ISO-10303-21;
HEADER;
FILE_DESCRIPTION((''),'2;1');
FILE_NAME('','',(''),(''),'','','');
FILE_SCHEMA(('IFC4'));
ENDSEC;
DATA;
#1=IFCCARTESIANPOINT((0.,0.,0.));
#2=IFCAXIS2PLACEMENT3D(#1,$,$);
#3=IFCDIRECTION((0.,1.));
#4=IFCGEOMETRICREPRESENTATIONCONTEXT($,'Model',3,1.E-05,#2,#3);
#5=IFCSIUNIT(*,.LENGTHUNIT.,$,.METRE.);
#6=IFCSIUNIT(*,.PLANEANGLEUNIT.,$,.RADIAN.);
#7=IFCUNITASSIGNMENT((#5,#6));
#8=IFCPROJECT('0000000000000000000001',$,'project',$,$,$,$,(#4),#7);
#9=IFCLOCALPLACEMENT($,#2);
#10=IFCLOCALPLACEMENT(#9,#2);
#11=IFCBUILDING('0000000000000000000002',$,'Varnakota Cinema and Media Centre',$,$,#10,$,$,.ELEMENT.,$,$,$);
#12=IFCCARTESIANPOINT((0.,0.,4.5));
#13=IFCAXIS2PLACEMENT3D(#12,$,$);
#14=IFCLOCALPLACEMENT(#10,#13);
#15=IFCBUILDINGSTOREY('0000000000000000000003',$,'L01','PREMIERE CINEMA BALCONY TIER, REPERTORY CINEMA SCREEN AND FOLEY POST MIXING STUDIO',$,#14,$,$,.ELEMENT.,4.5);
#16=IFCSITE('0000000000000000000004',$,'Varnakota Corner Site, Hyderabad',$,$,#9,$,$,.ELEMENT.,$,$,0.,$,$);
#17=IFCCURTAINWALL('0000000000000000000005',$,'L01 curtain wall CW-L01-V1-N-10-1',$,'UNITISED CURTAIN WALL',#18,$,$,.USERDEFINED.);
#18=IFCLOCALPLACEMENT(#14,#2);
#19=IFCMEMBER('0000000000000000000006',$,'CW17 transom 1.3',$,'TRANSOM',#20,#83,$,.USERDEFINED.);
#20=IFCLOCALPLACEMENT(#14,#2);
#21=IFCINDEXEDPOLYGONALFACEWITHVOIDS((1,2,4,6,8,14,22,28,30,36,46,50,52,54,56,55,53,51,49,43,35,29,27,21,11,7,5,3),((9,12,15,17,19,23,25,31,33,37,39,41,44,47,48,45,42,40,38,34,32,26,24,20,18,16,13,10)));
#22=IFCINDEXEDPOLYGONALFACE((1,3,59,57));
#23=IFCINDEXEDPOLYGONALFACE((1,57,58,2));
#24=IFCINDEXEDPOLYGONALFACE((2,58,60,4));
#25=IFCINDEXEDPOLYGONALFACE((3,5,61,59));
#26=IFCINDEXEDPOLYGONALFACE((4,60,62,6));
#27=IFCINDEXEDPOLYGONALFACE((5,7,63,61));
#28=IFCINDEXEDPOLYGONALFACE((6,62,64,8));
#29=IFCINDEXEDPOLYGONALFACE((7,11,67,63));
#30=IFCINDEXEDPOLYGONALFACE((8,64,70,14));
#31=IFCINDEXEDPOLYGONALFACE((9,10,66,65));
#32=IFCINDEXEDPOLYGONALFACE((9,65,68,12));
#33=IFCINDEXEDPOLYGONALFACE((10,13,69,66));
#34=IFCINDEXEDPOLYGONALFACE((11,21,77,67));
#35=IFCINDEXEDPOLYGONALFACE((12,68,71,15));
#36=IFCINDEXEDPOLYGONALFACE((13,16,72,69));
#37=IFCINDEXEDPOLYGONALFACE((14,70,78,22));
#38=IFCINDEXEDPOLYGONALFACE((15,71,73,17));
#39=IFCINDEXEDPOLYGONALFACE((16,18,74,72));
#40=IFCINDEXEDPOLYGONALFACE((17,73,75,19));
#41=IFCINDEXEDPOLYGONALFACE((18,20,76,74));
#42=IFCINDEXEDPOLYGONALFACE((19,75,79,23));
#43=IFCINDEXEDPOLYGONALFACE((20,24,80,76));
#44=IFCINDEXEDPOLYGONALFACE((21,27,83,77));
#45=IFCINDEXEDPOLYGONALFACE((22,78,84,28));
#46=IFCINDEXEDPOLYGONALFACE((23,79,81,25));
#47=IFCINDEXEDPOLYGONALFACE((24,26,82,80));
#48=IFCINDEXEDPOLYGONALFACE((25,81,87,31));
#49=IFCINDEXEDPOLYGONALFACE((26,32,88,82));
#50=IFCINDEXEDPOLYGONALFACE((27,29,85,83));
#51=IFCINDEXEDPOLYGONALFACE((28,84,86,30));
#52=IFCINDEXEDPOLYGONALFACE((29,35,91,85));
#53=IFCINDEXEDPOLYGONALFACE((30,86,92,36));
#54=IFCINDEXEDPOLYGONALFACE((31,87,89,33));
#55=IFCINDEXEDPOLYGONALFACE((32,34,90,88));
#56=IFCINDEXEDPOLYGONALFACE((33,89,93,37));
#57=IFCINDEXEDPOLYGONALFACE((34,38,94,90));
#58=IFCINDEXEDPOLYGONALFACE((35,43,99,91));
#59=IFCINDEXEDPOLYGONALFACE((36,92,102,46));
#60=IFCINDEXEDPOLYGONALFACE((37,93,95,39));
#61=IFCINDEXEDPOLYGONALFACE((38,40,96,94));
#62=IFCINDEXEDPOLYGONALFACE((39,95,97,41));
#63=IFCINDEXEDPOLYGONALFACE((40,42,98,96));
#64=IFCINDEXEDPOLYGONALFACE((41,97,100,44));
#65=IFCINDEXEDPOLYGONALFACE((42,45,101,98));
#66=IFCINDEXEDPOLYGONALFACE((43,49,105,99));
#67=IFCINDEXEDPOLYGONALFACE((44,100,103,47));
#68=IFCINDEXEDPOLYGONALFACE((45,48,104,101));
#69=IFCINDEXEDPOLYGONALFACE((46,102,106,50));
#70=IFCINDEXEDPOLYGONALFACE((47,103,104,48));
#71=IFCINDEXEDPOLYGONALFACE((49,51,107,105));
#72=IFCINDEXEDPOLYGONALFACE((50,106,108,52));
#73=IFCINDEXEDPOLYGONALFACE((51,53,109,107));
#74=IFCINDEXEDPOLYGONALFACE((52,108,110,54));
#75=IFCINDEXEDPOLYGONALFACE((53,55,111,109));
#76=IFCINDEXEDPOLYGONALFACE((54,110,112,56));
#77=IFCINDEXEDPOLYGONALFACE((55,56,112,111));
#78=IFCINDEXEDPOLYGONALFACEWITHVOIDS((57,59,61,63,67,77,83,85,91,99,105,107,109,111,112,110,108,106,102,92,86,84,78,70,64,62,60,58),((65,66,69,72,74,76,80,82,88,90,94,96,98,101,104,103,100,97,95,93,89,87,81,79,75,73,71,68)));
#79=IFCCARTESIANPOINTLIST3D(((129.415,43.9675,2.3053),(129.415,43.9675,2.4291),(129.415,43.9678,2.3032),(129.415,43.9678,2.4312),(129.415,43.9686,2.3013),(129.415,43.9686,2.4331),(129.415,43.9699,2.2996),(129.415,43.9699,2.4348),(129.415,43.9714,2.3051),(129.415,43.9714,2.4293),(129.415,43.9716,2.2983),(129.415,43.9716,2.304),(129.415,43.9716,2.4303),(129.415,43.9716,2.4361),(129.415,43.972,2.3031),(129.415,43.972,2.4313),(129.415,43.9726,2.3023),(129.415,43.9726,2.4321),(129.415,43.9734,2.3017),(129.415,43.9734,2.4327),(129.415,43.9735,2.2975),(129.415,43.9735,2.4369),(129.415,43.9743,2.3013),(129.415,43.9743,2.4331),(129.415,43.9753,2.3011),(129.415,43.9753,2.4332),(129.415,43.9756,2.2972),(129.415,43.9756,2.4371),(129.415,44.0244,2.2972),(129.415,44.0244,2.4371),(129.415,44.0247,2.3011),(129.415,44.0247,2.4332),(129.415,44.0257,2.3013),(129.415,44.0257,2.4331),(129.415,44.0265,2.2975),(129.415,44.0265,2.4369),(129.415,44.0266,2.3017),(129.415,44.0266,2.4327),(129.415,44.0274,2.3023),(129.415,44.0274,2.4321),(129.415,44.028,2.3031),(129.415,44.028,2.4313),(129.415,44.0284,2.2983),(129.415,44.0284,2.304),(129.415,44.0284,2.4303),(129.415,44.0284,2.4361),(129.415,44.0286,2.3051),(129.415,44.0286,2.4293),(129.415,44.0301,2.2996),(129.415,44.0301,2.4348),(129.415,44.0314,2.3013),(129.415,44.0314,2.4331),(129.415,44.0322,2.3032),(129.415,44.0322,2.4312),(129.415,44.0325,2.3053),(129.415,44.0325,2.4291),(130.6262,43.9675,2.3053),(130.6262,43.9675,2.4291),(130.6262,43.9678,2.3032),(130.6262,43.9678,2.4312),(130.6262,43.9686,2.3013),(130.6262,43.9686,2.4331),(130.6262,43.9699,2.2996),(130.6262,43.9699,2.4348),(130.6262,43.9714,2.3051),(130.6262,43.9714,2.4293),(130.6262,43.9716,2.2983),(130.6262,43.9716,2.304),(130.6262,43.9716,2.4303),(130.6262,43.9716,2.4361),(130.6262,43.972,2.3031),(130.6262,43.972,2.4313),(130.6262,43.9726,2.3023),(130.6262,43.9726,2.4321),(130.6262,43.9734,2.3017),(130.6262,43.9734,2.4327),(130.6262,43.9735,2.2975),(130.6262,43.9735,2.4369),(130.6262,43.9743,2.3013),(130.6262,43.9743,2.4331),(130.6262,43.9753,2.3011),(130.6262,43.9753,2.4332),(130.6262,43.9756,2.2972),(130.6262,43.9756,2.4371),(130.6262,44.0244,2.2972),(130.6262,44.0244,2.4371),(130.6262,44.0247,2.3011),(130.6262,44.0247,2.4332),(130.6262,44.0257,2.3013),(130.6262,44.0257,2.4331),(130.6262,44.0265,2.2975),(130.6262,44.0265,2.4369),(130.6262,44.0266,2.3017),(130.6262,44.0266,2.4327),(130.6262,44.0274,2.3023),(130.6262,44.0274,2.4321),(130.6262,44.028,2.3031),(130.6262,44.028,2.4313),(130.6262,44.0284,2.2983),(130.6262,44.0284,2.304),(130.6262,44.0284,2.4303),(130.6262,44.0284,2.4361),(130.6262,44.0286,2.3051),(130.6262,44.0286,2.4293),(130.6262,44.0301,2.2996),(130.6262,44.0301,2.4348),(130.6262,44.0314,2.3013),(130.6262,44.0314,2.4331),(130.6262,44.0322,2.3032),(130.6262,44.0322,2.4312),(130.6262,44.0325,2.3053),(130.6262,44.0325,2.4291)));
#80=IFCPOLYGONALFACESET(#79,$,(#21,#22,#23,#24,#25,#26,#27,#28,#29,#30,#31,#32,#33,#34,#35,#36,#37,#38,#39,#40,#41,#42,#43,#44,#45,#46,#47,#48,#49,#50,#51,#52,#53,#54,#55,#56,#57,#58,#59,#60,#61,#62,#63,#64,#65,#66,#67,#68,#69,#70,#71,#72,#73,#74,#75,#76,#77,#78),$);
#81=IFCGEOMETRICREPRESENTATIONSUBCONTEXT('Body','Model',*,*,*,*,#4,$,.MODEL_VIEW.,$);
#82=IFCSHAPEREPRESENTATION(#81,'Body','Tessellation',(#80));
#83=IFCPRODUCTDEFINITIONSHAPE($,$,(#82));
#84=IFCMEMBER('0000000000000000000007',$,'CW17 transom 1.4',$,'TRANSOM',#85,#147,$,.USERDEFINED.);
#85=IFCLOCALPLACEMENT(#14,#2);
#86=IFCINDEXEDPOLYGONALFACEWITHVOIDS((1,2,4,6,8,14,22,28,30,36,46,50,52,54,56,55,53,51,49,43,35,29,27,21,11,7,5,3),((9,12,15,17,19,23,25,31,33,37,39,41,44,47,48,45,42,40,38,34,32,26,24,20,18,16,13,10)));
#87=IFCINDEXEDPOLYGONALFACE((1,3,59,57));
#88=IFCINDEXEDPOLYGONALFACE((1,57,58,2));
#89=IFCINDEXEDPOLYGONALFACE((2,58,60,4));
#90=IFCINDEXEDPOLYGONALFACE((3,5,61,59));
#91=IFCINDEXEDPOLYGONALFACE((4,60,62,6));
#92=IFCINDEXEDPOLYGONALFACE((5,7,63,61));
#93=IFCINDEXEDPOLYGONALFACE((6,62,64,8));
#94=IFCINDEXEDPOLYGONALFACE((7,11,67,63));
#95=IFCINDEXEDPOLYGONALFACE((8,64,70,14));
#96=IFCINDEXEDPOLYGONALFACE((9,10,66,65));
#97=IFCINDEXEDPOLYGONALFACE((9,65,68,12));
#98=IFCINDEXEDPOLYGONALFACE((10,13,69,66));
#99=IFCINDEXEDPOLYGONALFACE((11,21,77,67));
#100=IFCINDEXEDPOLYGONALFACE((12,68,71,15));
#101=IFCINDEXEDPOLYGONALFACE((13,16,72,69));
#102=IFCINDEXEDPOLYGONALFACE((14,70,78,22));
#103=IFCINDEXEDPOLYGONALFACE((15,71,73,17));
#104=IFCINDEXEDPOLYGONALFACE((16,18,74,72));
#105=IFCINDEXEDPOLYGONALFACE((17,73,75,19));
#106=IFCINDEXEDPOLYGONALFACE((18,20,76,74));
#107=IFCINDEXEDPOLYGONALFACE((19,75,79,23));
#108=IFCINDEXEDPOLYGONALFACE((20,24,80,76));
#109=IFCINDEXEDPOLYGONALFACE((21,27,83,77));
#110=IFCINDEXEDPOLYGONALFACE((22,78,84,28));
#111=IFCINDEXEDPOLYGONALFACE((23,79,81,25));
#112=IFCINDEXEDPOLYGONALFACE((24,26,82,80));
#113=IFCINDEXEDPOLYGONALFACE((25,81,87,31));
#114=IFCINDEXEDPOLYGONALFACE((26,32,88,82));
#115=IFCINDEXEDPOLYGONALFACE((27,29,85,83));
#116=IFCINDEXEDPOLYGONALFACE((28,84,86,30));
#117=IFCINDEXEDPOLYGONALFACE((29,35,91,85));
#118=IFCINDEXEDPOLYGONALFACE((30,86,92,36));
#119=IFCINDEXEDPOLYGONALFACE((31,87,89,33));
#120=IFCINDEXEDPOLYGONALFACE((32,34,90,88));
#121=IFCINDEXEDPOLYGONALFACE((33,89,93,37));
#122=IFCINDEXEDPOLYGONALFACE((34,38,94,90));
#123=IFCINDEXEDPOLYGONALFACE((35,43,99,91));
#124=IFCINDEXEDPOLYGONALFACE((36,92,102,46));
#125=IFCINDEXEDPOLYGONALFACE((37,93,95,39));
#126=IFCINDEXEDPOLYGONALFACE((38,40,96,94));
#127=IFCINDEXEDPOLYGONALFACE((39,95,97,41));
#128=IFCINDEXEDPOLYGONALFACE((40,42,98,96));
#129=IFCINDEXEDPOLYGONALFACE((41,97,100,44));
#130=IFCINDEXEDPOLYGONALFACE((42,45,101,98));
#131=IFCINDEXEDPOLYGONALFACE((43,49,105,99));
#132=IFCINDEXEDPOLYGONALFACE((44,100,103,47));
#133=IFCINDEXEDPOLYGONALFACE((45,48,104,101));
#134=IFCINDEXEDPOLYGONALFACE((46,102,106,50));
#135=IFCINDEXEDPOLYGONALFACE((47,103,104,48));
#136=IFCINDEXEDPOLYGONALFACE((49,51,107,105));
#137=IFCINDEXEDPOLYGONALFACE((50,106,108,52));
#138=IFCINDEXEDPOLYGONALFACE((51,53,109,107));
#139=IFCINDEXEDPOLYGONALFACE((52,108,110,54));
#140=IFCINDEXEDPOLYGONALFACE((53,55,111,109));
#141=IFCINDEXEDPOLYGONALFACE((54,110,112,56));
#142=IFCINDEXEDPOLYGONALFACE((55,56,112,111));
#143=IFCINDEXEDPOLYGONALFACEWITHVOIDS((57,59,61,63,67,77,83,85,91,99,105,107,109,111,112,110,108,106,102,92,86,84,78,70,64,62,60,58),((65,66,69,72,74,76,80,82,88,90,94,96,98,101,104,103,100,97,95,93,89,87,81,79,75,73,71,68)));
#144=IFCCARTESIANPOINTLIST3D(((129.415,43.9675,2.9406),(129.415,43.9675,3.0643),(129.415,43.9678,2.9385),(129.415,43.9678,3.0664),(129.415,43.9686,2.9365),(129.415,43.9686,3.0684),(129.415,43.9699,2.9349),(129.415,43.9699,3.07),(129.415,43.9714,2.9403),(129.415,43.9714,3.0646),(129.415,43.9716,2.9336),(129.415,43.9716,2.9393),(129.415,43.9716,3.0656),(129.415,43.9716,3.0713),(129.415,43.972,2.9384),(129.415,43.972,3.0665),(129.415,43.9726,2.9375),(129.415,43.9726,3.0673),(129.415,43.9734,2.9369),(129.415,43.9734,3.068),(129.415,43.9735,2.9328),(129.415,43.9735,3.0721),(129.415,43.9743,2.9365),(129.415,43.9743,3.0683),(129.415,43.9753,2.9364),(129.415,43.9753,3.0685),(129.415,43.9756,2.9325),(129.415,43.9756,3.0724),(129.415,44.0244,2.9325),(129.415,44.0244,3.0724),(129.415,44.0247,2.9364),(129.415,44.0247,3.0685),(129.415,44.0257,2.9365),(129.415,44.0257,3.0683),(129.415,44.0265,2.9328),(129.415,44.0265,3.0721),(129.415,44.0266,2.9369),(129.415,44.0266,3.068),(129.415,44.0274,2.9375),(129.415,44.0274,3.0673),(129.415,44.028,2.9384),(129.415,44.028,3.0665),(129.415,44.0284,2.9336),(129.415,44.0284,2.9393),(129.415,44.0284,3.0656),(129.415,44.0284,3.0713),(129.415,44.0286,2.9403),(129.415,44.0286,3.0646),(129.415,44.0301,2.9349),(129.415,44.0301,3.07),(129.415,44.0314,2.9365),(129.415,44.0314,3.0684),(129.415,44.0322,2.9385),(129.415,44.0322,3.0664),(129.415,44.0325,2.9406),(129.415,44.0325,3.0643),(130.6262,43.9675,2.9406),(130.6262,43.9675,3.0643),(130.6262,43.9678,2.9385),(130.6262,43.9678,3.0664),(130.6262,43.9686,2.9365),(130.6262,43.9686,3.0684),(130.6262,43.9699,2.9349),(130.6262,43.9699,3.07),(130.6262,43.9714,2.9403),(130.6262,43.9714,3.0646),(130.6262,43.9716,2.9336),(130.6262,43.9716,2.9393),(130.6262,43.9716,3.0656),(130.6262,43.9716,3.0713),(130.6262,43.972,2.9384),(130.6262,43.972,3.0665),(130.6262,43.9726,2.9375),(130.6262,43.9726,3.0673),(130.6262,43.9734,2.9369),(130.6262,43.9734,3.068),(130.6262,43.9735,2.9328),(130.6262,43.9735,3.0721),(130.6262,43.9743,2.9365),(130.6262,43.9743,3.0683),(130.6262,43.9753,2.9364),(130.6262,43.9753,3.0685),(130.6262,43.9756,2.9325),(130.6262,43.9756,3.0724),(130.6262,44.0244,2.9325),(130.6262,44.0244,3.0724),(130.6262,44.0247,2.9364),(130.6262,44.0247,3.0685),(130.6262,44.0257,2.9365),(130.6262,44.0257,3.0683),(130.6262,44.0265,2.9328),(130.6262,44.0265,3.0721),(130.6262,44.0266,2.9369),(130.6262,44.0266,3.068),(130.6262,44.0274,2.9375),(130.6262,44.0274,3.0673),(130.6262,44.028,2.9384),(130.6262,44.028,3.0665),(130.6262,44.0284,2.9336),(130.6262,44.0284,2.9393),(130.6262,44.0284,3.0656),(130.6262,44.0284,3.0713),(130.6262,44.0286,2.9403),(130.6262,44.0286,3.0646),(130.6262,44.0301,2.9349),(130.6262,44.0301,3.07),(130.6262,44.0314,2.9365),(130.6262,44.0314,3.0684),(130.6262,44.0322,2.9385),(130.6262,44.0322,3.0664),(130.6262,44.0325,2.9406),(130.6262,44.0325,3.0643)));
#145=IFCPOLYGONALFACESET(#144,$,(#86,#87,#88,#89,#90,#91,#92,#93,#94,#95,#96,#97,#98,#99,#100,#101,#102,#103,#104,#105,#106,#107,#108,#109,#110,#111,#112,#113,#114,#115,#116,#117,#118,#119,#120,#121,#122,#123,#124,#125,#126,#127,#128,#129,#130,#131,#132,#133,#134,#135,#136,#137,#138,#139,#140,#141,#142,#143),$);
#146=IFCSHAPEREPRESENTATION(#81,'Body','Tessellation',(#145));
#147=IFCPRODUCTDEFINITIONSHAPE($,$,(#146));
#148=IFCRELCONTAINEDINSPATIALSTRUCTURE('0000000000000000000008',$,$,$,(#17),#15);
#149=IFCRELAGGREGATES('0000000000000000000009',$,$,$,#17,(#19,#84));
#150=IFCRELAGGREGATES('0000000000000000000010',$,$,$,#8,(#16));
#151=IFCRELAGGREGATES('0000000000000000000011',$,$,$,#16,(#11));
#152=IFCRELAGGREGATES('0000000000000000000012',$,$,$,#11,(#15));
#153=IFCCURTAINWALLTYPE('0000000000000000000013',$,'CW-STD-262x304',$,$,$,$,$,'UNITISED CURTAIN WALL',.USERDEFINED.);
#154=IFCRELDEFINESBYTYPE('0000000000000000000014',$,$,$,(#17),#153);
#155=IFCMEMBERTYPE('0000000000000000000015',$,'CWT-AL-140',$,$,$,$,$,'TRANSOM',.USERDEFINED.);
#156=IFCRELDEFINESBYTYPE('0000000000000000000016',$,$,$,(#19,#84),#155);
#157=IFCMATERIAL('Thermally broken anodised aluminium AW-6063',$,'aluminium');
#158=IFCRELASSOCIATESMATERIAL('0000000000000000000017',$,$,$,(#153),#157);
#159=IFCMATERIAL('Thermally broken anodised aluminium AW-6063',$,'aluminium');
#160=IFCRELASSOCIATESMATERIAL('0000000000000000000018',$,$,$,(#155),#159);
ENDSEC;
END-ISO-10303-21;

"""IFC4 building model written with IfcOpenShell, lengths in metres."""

from ifc_helpers import new_model, si_unit, direction, frame, origin, origin_2d, place, context, subcontext, project, spatial, hollow_rectangle, extrude, material, material_profile, profile_set, type_object, element, aggregate, save


model = new_model("IFC4")

# Units and contexts
model_context = context("Model", 3, precision=1e-05, world=origin(), true_north=direction((0.0, 1.0)))
body_context = subcontext(model_context, "Body", "Model", "MODEL_VIEW")
ifc_project = project(units=[si_unit("LENGTHUNIT", "METRE"), si_unit("PLANEANGLEUNIT", "RADIAN")], contexts=[model_context])

# Site, building, storey
site_placement = place(None, origin())
site = spatial("IfcSite", under=ifc_project, at=site_placement, Name="Varnakota Corner Site, Hyderabad", CompositionType="ELEMENT", RefElevation=0.0)
building_placement = place(site_placement, origin())
building = spatial("IfcBuilding", under=site, at=building_placement, Name="Varnakota Cinema and Media Centre", CompositionType="ELEMENT")
storey_placement = place(building_placement, frame((0.0, 0.0, 4.5)))
storey = spatial("IfcBuildingStorey", under=building, at=storey_placement, Name="L01", Description="PREMIERE CINEMA BALCONY TIER, REPERTORY CINEMA SCREEN AND FOLEY POST MIXING STUDIO", CompositionType="ELEMENT", Elevation=4.5)

# Curtain wall
ifc_material_1 = material(Name="Thermally broken anodised aluminium AW-6063", Category="aluminium")
curtain_wall_type = type_object("IfcCurtainWallType", Name="CW-STD-262x304", ElementType="UNITISED CURTAIN WALL", PredefinedType="USERDEFINED", material=ifc_material_1)
curtain_wall_1_placement = place(storey_placement, origin())
curtain_wall_1 = element("IfcCurtainWall", 1, at=curtain_wall_1_placement, inside=storey, type_object=curtain_wall_type, Name="L01 curtain wall CW-L01-V1-N-10-1", ObjectType="UNITISED CURTAIN WALL", PredefinedType="USERDEFINED")

# Members
ifc_material_2 = material(Name="Thermally broken anodised aluminium AW-6063", Category="aluminium")
ifc_material_profile_1 = material_profile(ifc_material_2, hollow_rectangle(XDim=0.0649, YDim=0.1399, WallThickness=0.0039, InnerFilletRadius=0.0039, OuterFilletRadius=0.0081, at=origin_2d()), Name="AL-TRANSOM 140x65x4")
ifc_profile_set_1 = profile_set([ifc_material_profile_1], Name="Thermally broken anodised aluminium AW-6063")
member_type_1 = type_object("IfcMemberType", Name="CWT-AL-140", ElementType="TRANSOM", PredefinedType="USERDEFINED", material=ifc_profile_set_1)
member_1_placement = place(storey_placement, frame((129.415, 44.0, 2.3672), z_axis=(1.0, 0.0, 0.0), x_axis=(0.0, 1.0, 0.0)))
member_1 = element("IfcMember", 2, at=member_1_placement, type_object=member_type_1, Name="CW17 transom 1.3", ObjectType="TRANSOM", PredefinedType="USERDEFINED", context=body_context, shape_type="SweptSolid", body=[
    extrude(hollow_rectangle(XDim=0.0649, YDim=0.1399, WallThickness=0.0039, InnerFilletRadius=0.0039, OuterFilletRadius=0.0081, at=origin_2d()), origin(), (0.0, 0.0, 1.0), 1.2112),
])
member_2_placement = place(storey_placement, frame((129.415, 44.0, 3.0024), z_axis=(1.0, 0.0, 0.0), x_axis=(0.0, 1.0, 0.0)))
member_2 = element("IfcMember", 3, at=member_2_placement, type_object=member_type_1, Name="CW17 transom 1.4", ObjectType="TRANSOM", PredefinedType="USERDEFINED", context=body_context, shape_type="SweptSolid", body=[
    extrude(hollow_rectangle(XDim=0.0649, YDim=0.1399, WallThickness=0.0039, InnerFilletRadius=0.0039, OuterFilletRadius=0.0081, at=origin_2d()), origin(), (0.0, 0.0, 1.0), 1.2112),
])

aggregate(curtain_wall_1, [member_1, member_2])

save(model, "model.ifc")
